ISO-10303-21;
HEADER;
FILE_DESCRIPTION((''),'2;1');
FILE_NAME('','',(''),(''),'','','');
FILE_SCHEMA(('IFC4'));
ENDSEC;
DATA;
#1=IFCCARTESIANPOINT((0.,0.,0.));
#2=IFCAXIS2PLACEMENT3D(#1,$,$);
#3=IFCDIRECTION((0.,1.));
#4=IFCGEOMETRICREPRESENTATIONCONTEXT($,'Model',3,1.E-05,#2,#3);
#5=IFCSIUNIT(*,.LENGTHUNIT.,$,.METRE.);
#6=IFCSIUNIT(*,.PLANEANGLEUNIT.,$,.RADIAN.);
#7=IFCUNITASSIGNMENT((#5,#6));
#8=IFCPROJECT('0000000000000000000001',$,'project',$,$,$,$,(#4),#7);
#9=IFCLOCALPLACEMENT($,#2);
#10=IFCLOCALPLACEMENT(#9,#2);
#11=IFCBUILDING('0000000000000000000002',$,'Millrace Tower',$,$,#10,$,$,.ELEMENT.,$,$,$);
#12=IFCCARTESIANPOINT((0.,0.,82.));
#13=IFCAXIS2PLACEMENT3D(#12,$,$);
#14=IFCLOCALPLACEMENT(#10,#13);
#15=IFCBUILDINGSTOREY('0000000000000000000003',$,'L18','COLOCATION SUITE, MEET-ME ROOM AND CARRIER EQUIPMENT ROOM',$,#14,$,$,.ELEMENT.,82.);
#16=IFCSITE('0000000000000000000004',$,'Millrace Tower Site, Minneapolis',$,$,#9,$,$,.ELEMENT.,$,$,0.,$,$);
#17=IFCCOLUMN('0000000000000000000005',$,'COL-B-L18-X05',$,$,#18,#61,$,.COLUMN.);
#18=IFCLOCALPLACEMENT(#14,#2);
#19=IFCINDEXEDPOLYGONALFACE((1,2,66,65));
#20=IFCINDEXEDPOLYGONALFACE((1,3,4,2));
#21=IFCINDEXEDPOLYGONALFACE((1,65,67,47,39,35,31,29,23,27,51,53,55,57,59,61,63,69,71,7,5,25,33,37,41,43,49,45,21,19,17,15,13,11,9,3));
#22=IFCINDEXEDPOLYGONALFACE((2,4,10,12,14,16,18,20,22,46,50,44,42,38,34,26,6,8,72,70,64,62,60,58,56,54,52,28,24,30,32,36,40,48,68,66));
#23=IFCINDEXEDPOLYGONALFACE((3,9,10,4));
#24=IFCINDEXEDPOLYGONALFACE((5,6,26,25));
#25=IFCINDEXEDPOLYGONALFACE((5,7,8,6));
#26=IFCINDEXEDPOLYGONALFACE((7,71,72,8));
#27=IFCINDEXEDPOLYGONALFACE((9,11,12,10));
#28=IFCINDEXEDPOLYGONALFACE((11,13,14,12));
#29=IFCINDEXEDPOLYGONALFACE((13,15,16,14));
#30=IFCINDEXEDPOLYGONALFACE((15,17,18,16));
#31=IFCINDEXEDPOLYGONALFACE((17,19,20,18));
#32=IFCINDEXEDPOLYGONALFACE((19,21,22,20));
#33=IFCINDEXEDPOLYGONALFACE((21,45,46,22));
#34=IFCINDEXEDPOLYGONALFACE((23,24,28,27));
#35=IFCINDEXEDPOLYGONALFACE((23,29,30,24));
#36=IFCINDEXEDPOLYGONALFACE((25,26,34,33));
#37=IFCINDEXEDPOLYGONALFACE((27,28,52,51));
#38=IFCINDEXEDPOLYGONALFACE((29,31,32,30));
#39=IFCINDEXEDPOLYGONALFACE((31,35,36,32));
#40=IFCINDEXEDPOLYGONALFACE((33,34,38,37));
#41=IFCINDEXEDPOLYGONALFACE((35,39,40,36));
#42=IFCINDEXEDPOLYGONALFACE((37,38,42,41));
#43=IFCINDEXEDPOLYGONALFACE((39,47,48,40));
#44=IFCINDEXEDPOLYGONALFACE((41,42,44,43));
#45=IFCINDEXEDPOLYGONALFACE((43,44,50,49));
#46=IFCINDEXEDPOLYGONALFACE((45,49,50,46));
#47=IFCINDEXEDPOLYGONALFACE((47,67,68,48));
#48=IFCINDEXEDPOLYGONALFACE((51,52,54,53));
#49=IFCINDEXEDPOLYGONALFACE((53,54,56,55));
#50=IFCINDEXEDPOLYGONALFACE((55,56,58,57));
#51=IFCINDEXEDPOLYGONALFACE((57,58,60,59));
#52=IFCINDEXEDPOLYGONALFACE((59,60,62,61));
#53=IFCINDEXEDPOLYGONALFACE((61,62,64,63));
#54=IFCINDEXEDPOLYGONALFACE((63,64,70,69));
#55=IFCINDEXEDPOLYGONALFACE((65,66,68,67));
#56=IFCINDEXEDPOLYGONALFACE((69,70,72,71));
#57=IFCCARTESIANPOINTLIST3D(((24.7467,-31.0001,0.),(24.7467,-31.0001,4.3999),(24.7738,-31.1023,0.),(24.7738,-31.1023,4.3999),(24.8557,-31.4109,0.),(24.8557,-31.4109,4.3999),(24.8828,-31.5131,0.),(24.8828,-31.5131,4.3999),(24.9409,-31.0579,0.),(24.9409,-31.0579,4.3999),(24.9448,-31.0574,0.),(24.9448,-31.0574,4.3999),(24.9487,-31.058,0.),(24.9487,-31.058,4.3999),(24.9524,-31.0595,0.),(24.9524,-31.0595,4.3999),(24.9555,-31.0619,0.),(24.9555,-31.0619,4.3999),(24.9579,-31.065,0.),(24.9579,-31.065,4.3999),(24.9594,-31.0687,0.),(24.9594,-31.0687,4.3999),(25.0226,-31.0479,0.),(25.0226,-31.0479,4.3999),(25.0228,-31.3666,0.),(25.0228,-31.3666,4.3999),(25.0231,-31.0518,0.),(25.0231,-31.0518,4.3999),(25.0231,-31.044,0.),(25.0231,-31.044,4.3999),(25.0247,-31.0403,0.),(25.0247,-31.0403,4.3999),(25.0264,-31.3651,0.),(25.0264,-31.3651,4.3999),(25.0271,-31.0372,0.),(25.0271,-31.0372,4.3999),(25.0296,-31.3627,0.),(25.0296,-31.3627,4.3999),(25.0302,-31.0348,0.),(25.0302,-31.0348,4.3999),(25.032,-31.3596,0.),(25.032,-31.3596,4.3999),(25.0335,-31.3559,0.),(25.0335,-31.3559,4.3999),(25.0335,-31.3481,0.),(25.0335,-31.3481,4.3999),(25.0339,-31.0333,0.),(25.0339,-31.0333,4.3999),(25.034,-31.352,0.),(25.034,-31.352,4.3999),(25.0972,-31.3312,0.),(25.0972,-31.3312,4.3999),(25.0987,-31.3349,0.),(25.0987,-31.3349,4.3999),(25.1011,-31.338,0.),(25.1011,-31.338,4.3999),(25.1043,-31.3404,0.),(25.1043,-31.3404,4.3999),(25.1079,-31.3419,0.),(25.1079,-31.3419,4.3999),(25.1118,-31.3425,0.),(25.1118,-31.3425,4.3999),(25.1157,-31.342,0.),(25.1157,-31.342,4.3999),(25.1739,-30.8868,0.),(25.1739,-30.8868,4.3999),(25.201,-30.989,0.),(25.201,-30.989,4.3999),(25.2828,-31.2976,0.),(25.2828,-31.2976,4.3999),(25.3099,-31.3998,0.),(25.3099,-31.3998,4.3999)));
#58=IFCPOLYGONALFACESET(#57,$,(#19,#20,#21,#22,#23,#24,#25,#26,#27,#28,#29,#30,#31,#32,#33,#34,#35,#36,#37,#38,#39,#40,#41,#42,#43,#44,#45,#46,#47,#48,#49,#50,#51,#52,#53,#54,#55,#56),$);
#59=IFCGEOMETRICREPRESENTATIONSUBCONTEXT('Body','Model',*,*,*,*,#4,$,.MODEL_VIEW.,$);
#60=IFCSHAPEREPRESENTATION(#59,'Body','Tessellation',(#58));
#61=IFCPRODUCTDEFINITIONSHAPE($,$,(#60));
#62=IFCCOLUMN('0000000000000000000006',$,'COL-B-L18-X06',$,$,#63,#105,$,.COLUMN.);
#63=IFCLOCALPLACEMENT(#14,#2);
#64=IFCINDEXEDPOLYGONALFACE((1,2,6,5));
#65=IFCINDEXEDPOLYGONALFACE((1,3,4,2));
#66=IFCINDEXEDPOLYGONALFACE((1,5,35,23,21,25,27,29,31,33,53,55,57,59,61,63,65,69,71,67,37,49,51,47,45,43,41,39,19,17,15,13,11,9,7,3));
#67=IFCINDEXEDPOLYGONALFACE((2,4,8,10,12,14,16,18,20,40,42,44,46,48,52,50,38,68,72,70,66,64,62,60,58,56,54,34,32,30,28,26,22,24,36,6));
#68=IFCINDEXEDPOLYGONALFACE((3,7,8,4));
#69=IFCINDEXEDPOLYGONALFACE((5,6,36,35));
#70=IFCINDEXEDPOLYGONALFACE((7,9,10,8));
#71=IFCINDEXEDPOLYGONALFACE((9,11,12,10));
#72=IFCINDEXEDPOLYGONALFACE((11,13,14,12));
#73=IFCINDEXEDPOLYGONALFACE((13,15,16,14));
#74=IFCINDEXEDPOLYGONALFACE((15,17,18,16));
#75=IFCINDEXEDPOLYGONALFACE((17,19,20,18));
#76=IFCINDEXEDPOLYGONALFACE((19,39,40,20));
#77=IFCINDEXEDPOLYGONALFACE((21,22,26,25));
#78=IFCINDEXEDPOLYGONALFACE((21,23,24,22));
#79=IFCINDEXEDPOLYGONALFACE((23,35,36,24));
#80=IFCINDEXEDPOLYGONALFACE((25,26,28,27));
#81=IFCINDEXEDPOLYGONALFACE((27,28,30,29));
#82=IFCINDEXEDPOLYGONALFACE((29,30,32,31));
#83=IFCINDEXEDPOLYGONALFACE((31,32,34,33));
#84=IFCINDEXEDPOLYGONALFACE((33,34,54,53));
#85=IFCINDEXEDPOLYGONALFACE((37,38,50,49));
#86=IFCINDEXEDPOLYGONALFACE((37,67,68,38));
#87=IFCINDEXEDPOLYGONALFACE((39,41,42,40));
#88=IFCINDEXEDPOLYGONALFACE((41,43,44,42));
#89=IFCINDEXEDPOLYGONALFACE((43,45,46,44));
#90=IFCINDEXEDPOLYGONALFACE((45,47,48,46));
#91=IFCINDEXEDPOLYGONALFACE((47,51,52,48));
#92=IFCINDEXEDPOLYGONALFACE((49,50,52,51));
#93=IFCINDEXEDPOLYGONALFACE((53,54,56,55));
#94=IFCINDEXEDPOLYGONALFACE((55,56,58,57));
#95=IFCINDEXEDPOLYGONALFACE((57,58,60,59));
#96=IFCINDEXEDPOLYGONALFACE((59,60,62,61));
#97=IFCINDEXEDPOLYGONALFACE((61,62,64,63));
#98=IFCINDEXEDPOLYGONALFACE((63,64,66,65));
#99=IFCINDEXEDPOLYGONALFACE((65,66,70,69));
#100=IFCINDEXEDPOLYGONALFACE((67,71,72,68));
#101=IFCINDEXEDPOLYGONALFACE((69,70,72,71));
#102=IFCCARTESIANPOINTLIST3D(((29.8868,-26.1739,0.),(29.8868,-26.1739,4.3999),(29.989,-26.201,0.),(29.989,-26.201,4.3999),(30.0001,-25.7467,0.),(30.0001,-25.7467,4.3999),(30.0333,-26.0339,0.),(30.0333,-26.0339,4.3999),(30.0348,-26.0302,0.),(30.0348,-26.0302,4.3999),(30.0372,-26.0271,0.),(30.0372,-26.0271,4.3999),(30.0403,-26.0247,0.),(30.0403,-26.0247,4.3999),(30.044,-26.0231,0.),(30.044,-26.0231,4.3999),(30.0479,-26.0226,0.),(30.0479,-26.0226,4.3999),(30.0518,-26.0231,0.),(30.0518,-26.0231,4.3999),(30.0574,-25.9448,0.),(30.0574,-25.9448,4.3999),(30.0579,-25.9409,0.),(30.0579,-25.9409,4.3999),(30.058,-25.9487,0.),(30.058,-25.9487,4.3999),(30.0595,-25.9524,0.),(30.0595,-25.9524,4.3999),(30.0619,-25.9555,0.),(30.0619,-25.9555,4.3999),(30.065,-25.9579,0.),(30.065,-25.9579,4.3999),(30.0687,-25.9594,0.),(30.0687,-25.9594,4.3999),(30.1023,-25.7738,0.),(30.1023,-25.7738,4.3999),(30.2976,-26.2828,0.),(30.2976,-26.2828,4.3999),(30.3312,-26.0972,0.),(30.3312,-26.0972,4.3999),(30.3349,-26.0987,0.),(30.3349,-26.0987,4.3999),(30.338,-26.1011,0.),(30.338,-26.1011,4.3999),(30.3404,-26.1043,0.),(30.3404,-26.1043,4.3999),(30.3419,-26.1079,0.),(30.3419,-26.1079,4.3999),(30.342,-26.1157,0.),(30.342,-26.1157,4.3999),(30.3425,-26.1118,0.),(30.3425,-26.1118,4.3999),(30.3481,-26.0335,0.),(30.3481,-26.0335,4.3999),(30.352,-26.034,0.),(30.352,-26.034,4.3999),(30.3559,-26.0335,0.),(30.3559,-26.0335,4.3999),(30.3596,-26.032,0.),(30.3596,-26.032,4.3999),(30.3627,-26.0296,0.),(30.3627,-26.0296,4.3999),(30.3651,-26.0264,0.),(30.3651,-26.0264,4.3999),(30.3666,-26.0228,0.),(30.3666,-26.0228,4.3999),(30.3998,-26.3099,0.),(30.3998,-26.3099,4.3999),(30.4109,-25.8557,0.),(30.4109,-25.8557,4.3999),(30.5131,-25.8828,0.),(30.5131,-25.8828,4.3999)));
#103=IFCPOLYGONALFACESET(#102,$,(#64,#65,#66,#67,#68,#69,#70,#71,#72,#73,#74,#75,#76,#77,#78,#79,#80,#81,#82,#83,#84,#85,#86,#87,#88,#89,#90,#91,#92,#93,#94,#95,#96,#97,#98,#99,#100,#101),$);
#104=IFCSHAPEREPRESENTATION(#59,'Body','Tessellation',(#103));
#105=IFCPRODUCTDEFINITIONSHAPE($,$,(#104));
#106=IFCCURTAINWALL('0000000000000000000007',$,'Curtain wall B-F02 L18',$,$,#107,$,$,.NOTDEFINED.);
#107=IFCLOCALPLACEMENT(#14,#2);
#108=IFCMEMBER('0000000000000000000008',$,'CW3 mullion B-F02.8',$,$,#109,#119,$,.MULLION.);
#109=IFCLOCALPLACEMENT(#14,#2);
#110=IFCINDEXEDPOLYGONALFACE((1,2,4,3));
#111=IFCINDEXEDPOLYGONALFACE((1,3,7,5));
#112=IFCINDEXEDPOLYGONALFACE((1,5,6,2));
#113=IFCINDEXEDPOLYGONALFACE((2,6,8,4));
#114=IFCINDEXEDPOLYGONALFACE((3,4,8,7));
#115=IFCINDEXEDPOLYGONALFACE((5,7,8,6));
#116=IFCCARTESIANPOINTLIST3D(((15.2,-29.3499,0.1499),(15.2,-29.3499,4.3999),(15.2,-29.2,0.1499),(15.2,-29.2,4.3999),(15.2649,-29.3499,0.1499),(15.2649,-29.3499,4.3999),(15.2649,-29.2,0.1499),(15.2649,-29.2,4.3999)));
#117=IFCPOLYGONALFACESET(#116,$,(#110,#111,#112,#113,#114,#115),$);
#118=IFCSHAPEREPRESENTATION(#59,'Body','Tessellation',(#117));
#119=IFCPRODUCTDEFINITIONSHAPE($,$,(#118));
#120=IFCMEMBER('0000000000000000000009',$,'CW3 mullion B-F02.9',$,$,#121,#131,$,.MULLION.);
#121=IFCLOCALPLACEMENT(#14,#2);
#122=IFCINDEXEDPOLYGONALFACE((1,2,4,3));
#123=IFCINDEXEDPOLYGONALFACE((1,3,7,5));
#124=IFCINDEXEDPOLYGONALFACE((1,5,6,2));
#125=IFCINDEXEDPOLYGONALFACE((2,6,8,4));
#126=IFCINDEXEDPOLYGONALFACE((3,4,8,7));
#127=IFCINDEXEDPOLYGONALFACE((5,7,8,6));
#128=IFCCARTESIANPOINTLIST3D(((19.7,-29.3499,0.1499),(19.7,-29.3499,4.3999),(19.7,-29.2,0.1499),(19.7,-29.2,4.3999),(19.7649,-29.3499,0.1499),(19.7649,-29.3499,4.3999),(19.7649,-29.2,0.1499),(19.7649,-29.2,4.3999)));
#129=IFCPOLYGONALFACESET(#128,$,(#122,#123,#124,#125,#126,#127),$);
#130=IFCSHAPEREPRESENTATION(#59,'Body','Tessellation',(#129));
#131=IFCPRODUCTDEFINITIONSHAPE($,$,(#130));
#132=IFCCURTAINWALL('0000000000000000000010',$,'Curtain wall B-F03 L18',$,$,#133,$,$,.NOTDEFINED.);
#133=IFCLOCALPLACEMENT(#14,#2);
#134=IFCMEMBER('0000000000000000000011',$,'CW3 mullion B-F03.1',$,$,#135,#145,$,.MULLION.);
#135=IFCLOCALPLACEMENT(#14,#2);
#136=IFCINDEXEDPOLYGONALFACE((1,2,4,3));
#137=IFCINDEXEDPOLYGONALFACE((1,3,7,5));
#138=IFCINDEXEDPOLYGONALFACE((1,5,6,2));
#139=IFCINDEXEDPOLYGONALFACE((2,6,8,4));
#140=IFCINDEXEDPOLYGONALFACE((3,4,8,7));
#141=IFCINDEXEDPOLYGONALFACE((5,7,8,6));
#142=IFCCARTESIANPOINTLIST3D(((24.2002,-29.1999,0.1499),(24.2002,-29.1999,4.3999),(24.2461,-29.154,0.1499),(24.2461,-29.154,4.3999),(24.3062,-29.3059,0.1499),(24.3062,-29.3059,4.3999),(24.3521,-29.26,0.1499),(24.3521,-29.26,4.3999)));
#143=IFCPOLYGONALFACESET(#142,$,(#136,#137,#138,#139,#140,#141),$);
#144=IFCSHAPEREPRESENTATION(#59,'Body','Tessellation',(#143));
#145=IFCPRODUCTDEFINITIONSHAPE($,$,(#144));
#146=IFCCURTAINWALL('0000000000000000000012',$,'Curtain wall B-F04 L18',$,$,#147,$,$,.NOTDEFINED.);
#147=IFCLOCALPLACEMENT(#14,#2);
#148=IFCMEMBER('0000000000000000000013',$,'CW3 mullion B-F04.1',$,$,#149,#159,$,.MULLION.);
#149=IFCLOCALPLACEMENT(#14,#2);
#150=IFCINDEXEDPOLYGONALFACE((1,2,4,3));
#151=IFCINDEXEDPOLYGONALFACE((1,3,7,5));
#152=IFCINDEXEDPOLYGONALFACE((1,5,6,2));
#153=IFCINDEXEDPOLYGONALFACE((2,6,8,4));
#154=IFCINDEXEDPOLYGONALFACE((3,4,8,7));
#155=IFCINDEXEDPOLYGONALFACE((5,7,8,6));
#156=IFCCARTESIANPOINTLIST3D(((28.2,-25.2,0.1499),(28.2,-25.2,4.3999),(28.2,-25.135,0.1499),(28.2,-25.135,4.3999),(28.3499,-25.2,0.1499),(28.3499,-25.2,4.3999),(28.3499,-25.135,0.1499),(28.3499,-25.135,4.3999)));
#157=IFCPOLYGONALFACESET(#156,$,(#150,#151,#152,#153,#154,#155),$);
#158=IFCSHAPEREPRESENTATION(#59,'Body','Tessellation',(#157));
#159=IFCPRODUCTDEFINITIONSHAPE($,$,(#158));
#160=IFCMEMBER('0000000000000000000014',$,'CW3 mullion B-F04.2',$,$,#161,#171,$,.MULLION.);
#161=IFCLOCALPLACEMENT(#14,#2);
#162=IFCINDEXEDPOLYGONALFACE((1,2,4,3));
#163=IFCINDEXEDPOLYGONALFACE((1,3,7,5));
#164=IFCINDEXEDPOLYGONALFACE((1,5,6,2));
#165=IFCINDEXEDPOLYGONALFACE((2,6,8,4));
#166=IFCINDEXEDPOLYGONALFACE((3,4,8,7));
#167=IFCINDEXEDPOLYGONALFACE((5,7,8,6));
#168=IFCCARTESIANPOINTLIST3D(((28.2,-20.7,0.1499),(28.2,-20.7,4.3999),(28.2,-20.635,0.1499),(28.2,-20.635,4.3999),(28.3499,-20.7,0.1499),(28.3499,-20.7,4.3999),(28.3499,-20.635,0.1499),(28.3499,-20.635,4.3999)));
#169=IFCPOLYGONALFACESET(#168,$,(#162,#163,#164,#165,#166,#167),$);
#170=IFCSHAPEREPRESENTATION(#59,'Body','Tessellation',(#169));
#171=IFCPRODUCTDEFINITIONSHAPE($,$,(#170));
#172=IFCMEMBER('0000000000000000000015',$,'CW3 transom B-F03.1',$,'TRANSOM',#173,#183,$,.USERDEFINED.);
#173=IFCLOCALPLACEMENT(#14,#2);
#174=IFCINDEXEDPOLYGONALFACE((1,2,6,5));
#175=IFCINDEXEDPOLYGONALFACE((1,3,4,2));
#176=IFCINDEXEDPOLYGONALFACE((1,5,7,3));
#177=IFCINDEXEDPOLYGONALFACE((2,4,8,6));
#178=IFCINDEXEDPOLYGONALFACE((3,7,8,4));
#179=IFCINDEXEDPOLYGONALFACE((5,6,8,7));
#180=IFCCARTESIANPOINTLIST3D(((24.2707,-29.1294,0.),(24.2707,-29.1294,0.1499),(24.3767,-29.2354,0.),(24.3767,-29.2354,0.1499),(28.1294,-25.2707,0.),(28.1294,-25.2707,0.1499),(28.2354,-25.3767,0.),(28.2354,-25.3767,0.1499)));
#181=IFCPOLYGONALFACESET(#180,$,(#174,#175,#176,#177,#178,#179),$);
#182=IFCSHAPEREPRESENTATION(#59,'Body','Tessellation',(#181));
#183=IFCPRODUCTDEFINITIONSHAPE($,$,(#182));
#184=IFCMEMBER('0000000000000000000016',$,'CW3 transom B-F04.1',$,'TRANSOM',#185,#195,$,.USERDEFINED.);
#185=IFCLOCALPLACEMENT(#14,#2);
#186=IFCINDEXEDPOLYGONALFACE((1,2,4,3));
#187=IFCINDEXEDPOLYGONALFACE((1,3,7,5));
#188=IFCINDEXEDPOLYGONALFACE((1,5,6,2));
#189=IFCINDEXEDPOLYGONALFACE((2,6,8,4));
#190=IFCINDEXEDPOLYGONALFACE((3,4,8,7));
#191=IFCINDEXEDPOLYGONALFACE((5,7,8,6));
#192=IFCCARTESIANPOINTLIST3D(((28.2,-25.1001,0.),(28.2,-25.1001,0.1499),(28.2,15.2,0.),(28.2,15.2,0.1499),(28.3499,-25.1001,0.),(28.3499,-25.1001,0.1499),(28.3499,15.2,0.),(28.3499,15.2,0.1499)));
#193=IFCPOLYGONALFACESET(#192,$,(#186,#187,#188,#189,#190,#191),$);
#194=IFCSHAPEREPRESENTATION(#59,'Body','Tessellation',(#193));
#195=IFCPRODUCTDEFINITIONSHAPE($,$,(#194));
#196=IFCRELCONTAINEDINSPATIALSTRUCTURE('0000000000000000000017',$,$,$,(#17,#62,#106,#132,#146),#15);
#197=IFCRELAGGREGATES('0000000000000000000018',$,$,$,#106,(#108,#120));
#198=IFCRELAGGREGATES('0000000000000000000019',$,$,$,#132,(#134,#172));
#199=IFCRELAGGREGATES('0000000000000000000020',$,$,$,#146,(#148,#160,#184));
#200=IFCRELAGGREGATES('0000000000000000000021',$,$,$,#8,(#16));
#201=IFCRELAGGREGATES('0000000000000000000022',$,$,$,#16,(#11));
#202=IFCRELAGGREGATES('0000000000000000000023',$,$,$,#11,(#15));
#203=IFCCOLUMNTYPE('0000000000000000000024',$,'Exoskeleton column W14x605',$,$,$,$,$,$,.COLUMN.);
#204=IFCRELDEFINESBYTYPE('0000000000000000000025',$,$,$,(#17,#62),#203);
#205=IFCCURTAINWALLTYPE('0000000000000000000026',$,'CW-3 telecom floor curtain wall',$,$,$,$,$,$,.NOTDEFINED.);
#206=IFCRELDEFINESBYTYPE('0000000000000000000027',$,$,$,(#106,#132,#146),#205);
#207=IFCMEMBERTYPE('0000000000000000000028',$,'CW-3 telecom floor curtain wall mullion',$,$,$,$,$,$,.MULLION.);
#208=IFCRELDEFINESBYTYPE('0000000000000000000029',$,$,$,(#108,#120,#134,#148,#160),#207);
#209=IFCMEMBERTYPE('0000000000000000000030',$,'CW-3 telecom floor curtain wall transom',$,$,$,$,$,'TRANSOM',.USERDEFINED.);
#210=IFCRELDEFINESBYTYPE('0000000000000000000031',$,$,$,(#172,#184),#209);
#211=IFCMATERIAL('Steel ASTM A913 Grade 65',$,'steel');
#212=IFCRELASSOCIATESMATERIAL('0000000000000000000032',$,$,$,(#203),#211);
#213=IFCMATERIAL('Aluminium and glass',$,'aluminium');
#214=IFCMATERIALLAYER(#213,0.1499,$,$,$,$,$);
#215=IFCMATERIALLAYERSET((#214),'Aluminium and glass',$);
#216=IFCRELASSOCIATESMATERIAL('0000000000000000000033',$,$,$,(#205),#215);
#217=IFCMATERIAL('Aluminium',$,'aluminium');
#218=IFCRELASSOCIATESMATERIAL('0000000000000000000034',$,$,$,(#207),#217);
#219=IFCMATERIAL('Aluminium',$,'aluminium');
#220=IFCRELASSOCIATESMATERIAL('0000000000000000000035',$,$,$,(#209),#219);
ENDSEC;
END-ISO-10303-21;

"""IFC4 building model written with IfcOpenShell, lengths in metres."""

from ifc_helpers import new_model, si_unit, direction, frame, origin, origin_2d, place, context, subcontext, project, spatial, rectangle, i_section, extrude, material, layer, layer_set, material_profile, profile_set, type_object, element, aggregate, save


model = new_model("IFC4")

# Units and contexts
model_context = context("Model", 3, precision=1e-05, world=origin(), true_north=direction((0.0, 1.0)))
body_context = subcontext(model_context, "Body", "Model", "MODEL_VIEW")
ifc_project = project(units=[si_unit("LENGTHUNIT", "METRE"), si_unit("PLANEANGLEUNIT", "RADIAN")], contexts=[model_context])

# Site, building, storey
site_placement = place(None, origin())
site = spatial("IfcSite", under=ifc_project, at=site_placement, Name="Millrace Tower Site, Minneapolis", CompositionType="ELEMENT", RefElevation=0.0)
building_placement = place(site_placement, origin())
building = spatial("IfcBuilding", under=site, at=building_placement, Name="Millrace Tower", CompositionType="ELEMENT")
storey_placement = place(building_placement, frame((0.0, 0.0, 82.0)))
storey = spatial("IfcBuildingStorey", under=building, at=storey_placement, Name="L18", Description="COLOCATION SUITE, MEET-ME ROOM AND CARRIER EQUIPMENT ROOM", CompositionType="ELEMENT", Elevation=82.0)

# Columns
ifc_material_1 = material(Name="Steel ASTM A913 Grade 65", Category="steel")
ifc_material_profile_1 = material_profile(ifc_material_1, i_section(OverallWidth=0.4419, OverallDepth=0.5308, WebThickness=0.0659, FlangeThickness=0.1057, FilletRadius=0.0151, at=origin_2d()))
ifc_profile_set_1 = profile_set([ifc_material_profile_1], Name="Steel ASTM A913 Grade 65")
column_type = type_object("IfcColumnType", Name="Exoskeleton column W14x605", PredefinedType="COLUMN", material=ifc_profile_set_1)
for number, where, z_axis, x_axis, name in (
    (1, (25.0283, -31.2, 0.0), (0.0, 0.0, 1.0), (0.966585, 0.256347, 0.0), "COL-B-L18-X05"),
    (2, (30.2, -26.0283, 0.0), (0.0, 0.0, 1.0), (0.256347, 0.966585, 0.0), "COL-B-L18-X06"),
):
    element("IfcColumn", number, at=place(storey_placement, frame(where, z_axis=z_axis, x_axis=x_axis)), inside=storey, type_object=column_type, Name=name, PredefinedType="COLUMN", context=body_context, shape_type="SweptSolid", body=[
        extrude(i_section(OverallWidth=0.4419, OverallDepth=0.5308, WebThickness=0.0659, FlangeThickness=0.1057, FilletRadius=0.0151, at=origin_2d()), origin(), (0.0, 0.0, 1.0), 4.3999),
    ])

# Curtain wall, members
ifc_material_2 = material(Name="Aluminium and glass", Category="aluminium")
ifc_layer_1 = layer(ifc_material_2, 0.1499)
ifc_layer_set_1 = layer_set([ifc_layer_1], Name="Aluminium and glass")
curtain_wall_type = type_object("IfcCurtainWallType", Name="CW-3 telecom floor curtain wall", PredefinedType="NOTDEFINED", material=ifc_layer_set_1)
placement = place(storey_placement, origin())
curtain_wall_1 = element("IfcCurtainWall", 3, at=placement, inside=storey, type_object=curtain_wall_type, Name="Curtain wall B-F02 L18", PredefinedType="NOTDEFINED")
ifc_material_3 = material(Name="Aluminium", Category="aluminium")
ifc_material_profile_2 = material_profile(ifc_material_3, rectangle(XDim=0.0649, YDim=0.1499, at=origin_2d()))
ifc_profile_set_2 = profile_set([ifc_material_profile_2], Name="Aluminium")
member_type_1 = type_object("IfcMemberType", Name="CW-3 telecom floor curtain wall mullion", PredefinedType="MULLION", material=ifc_profile_set_2)
member_1_placement = place(storey_placement, frame((15.2324, -29.2749, 0.1499), z_axis=(0.0, 0.0, 1.0), x_axis=(1.0, 0.0, 0.0)))
member_1 = element("IfcMember", 4, at=member_1_placement, type_object=member_type_1, Name="CW3 mullion B-F02.8", PredefinedType="MULLION", context=body_context, shape_type="SweptSolid", body=[
    extrude(rectangle(XDim=0.0649, YDim=0.1499, at=origin_2d()), origin(), (0.0, 0.0, 1.0), 4.25),
])
member_2_placement = place(storey_placement, frame((19.7324, -29.2749, 0.1499), z_axis=(0.0, 0.0, 1.0), x_axis=(1.0, 0.0, 0.0)))
member_2 = element("IfcMember", 5, at=member_2_placement, type_object=member_type_1, Name="CW3 mullion B-F02.9", PredefinedType="MULLION", context=body_context, shape_type="SweptSolid", body=[
    extrude(rectangle(XDim=0.0649, YDim=0.1499, at=origin_2d()), origin(), (0.0, 0.0, 1.0), 4.25),
])
aggregate(curtain_wall_1, [member_1, member_2])

# Curtain wall, member
curtain_wall_2 = element("IfcCurtainWall", 6, at=placement, inside=storey, type_object=curtain_wall_type, Name="Curtain wall B-F03 L18", PredefinedType="NOTDEFINED")
member_3_placement = place(storey_placement, frame((24.2761, -29.23, 0.1499), z_axis=(0.0, 0.0, 1.0), x_axis=(0.707107, 0.707107, 0.0)))
member_3 = element("IfcMember", 7, at=member_3_placement, type_object=member_type_1, Name="CW3 mullion B-F03.1", PredefinedType="MULLION", context=body_context, shape_type="SweptSolid", body=[
    extrude(rectangle(XDim=0.0649, YDim=0.1499, at=origin_2d()), origin(), (0.0, 0.0, 1.0), 4.25),
])

# Curtain wall, members
curtain_wall_3 = element("IfcCurtainWall", 8, at=placement, inside=storey, type_object=curtain_wall_type, Name="Curtain wall B-F04 L18", PredefinedType="NOTDEFINED")
member_4_placement = place(storey_placement, frame((28.2749, -25.1675, 0.1499), z_axis=(0.0, 0.0, 1.0), x_axis=(0.0, 1.0, 0.0)))
member_4 = element("IfcMember", 9, at=member_4_placement, type_object=member_type_1, Name="CW3 mullion B-F04.1", PredefinedType="MULLION", context=body_context, shape_type="SweptSolid", body=[
    extrude(rectangle(XDim=0.0649, YDim=0.1499, at=origin_2d()), origin(), (0.0, 0.0, 1.0), 4.25),
])
member_5_placement = place(storey_placement, frame((28.2749, -20.6675, 0.1499), z_axis=(0.0, 0.0, 1.0), x_axis=(0.0, 1.0, 0.0)))
member_5 = element("IfcMember", 10, at=member_5_placement, type_object=member_type_1, Name="CW3 mullion B-F04.2", PredefinedType="MULLION", context=body_context, shape_type="SweptSolid", body=[
    extrude(rectangle(XDim=0.0649, YDim=0.1499, at=origin_2d()), origin(), (0.0, 0.0, 1.0), 4.25),
])

# Members
ifc_material_4 = material(Name="Aluminium", Category="aluminium")
ifc_material_profile_3 = material_profile(ifc_material_4, rectangle(XDim=0.1499, YDim=0.1499, at=origin_2d()))
ifc_profile_set_3 = profile_set([ifc_material_profile_3], Name="Aluminium")
member_type_2 = type_object("IfcMemberType", Name="CW-3 telecom floor curtain wall transom", ElementType="TRANSOM", PredefinedType="USERDEFINED", material=ifc_profile_set_3)
member_6_placement = place(storey_placement, frame((24.3237, -29.1824, 0.075), z_axis=(0.707107, 0.707107, 0.0), x_axis=(-0.707107, 0.707107, 0.0)))
member_6 = element("IfcMember", 11, at=member_6_placement, type_object=member_type_2, Name="CW3 transom B-F03.1", ObjectType="TRANSOM", PredefinedType="USERDEFINED", context=body_context, shape_type="SweptSolid", body=[
    extrude(rectangle(XDim=0.1499, YDim=0.1499, at=origin_2d()), origin(), (0.0, 0.0, 1.0), 5.457),
])
aggregate(curtain_wall_2, [member_3, member_6])
member_7_placement = place(storey_placement, frame((28.2749, -25.1001, 0.075), z_axis=(0.0, 1.0, 0.0), x_axis=(-1.0, 0.0, 0.0)))
member_7 = element("IfcMember", 12, at=member_7_placement, type_object=member_type_2, Name="CW3 transom B-F04.1", ObjectType="TRANSOM", PredefinedType="USERDEFINED", context=body_context, shape_type="SweptSolid", body=[
    extrude(rectangle(XDim=0.1499, YDim=0.1499, at=origin_2d()), origin(), (0.0, 0.0, 1.0), 40.3),
])
aggregate(curtain_wall_3, [member_4, member_5, member_7])

save(model, "model.ifc")
